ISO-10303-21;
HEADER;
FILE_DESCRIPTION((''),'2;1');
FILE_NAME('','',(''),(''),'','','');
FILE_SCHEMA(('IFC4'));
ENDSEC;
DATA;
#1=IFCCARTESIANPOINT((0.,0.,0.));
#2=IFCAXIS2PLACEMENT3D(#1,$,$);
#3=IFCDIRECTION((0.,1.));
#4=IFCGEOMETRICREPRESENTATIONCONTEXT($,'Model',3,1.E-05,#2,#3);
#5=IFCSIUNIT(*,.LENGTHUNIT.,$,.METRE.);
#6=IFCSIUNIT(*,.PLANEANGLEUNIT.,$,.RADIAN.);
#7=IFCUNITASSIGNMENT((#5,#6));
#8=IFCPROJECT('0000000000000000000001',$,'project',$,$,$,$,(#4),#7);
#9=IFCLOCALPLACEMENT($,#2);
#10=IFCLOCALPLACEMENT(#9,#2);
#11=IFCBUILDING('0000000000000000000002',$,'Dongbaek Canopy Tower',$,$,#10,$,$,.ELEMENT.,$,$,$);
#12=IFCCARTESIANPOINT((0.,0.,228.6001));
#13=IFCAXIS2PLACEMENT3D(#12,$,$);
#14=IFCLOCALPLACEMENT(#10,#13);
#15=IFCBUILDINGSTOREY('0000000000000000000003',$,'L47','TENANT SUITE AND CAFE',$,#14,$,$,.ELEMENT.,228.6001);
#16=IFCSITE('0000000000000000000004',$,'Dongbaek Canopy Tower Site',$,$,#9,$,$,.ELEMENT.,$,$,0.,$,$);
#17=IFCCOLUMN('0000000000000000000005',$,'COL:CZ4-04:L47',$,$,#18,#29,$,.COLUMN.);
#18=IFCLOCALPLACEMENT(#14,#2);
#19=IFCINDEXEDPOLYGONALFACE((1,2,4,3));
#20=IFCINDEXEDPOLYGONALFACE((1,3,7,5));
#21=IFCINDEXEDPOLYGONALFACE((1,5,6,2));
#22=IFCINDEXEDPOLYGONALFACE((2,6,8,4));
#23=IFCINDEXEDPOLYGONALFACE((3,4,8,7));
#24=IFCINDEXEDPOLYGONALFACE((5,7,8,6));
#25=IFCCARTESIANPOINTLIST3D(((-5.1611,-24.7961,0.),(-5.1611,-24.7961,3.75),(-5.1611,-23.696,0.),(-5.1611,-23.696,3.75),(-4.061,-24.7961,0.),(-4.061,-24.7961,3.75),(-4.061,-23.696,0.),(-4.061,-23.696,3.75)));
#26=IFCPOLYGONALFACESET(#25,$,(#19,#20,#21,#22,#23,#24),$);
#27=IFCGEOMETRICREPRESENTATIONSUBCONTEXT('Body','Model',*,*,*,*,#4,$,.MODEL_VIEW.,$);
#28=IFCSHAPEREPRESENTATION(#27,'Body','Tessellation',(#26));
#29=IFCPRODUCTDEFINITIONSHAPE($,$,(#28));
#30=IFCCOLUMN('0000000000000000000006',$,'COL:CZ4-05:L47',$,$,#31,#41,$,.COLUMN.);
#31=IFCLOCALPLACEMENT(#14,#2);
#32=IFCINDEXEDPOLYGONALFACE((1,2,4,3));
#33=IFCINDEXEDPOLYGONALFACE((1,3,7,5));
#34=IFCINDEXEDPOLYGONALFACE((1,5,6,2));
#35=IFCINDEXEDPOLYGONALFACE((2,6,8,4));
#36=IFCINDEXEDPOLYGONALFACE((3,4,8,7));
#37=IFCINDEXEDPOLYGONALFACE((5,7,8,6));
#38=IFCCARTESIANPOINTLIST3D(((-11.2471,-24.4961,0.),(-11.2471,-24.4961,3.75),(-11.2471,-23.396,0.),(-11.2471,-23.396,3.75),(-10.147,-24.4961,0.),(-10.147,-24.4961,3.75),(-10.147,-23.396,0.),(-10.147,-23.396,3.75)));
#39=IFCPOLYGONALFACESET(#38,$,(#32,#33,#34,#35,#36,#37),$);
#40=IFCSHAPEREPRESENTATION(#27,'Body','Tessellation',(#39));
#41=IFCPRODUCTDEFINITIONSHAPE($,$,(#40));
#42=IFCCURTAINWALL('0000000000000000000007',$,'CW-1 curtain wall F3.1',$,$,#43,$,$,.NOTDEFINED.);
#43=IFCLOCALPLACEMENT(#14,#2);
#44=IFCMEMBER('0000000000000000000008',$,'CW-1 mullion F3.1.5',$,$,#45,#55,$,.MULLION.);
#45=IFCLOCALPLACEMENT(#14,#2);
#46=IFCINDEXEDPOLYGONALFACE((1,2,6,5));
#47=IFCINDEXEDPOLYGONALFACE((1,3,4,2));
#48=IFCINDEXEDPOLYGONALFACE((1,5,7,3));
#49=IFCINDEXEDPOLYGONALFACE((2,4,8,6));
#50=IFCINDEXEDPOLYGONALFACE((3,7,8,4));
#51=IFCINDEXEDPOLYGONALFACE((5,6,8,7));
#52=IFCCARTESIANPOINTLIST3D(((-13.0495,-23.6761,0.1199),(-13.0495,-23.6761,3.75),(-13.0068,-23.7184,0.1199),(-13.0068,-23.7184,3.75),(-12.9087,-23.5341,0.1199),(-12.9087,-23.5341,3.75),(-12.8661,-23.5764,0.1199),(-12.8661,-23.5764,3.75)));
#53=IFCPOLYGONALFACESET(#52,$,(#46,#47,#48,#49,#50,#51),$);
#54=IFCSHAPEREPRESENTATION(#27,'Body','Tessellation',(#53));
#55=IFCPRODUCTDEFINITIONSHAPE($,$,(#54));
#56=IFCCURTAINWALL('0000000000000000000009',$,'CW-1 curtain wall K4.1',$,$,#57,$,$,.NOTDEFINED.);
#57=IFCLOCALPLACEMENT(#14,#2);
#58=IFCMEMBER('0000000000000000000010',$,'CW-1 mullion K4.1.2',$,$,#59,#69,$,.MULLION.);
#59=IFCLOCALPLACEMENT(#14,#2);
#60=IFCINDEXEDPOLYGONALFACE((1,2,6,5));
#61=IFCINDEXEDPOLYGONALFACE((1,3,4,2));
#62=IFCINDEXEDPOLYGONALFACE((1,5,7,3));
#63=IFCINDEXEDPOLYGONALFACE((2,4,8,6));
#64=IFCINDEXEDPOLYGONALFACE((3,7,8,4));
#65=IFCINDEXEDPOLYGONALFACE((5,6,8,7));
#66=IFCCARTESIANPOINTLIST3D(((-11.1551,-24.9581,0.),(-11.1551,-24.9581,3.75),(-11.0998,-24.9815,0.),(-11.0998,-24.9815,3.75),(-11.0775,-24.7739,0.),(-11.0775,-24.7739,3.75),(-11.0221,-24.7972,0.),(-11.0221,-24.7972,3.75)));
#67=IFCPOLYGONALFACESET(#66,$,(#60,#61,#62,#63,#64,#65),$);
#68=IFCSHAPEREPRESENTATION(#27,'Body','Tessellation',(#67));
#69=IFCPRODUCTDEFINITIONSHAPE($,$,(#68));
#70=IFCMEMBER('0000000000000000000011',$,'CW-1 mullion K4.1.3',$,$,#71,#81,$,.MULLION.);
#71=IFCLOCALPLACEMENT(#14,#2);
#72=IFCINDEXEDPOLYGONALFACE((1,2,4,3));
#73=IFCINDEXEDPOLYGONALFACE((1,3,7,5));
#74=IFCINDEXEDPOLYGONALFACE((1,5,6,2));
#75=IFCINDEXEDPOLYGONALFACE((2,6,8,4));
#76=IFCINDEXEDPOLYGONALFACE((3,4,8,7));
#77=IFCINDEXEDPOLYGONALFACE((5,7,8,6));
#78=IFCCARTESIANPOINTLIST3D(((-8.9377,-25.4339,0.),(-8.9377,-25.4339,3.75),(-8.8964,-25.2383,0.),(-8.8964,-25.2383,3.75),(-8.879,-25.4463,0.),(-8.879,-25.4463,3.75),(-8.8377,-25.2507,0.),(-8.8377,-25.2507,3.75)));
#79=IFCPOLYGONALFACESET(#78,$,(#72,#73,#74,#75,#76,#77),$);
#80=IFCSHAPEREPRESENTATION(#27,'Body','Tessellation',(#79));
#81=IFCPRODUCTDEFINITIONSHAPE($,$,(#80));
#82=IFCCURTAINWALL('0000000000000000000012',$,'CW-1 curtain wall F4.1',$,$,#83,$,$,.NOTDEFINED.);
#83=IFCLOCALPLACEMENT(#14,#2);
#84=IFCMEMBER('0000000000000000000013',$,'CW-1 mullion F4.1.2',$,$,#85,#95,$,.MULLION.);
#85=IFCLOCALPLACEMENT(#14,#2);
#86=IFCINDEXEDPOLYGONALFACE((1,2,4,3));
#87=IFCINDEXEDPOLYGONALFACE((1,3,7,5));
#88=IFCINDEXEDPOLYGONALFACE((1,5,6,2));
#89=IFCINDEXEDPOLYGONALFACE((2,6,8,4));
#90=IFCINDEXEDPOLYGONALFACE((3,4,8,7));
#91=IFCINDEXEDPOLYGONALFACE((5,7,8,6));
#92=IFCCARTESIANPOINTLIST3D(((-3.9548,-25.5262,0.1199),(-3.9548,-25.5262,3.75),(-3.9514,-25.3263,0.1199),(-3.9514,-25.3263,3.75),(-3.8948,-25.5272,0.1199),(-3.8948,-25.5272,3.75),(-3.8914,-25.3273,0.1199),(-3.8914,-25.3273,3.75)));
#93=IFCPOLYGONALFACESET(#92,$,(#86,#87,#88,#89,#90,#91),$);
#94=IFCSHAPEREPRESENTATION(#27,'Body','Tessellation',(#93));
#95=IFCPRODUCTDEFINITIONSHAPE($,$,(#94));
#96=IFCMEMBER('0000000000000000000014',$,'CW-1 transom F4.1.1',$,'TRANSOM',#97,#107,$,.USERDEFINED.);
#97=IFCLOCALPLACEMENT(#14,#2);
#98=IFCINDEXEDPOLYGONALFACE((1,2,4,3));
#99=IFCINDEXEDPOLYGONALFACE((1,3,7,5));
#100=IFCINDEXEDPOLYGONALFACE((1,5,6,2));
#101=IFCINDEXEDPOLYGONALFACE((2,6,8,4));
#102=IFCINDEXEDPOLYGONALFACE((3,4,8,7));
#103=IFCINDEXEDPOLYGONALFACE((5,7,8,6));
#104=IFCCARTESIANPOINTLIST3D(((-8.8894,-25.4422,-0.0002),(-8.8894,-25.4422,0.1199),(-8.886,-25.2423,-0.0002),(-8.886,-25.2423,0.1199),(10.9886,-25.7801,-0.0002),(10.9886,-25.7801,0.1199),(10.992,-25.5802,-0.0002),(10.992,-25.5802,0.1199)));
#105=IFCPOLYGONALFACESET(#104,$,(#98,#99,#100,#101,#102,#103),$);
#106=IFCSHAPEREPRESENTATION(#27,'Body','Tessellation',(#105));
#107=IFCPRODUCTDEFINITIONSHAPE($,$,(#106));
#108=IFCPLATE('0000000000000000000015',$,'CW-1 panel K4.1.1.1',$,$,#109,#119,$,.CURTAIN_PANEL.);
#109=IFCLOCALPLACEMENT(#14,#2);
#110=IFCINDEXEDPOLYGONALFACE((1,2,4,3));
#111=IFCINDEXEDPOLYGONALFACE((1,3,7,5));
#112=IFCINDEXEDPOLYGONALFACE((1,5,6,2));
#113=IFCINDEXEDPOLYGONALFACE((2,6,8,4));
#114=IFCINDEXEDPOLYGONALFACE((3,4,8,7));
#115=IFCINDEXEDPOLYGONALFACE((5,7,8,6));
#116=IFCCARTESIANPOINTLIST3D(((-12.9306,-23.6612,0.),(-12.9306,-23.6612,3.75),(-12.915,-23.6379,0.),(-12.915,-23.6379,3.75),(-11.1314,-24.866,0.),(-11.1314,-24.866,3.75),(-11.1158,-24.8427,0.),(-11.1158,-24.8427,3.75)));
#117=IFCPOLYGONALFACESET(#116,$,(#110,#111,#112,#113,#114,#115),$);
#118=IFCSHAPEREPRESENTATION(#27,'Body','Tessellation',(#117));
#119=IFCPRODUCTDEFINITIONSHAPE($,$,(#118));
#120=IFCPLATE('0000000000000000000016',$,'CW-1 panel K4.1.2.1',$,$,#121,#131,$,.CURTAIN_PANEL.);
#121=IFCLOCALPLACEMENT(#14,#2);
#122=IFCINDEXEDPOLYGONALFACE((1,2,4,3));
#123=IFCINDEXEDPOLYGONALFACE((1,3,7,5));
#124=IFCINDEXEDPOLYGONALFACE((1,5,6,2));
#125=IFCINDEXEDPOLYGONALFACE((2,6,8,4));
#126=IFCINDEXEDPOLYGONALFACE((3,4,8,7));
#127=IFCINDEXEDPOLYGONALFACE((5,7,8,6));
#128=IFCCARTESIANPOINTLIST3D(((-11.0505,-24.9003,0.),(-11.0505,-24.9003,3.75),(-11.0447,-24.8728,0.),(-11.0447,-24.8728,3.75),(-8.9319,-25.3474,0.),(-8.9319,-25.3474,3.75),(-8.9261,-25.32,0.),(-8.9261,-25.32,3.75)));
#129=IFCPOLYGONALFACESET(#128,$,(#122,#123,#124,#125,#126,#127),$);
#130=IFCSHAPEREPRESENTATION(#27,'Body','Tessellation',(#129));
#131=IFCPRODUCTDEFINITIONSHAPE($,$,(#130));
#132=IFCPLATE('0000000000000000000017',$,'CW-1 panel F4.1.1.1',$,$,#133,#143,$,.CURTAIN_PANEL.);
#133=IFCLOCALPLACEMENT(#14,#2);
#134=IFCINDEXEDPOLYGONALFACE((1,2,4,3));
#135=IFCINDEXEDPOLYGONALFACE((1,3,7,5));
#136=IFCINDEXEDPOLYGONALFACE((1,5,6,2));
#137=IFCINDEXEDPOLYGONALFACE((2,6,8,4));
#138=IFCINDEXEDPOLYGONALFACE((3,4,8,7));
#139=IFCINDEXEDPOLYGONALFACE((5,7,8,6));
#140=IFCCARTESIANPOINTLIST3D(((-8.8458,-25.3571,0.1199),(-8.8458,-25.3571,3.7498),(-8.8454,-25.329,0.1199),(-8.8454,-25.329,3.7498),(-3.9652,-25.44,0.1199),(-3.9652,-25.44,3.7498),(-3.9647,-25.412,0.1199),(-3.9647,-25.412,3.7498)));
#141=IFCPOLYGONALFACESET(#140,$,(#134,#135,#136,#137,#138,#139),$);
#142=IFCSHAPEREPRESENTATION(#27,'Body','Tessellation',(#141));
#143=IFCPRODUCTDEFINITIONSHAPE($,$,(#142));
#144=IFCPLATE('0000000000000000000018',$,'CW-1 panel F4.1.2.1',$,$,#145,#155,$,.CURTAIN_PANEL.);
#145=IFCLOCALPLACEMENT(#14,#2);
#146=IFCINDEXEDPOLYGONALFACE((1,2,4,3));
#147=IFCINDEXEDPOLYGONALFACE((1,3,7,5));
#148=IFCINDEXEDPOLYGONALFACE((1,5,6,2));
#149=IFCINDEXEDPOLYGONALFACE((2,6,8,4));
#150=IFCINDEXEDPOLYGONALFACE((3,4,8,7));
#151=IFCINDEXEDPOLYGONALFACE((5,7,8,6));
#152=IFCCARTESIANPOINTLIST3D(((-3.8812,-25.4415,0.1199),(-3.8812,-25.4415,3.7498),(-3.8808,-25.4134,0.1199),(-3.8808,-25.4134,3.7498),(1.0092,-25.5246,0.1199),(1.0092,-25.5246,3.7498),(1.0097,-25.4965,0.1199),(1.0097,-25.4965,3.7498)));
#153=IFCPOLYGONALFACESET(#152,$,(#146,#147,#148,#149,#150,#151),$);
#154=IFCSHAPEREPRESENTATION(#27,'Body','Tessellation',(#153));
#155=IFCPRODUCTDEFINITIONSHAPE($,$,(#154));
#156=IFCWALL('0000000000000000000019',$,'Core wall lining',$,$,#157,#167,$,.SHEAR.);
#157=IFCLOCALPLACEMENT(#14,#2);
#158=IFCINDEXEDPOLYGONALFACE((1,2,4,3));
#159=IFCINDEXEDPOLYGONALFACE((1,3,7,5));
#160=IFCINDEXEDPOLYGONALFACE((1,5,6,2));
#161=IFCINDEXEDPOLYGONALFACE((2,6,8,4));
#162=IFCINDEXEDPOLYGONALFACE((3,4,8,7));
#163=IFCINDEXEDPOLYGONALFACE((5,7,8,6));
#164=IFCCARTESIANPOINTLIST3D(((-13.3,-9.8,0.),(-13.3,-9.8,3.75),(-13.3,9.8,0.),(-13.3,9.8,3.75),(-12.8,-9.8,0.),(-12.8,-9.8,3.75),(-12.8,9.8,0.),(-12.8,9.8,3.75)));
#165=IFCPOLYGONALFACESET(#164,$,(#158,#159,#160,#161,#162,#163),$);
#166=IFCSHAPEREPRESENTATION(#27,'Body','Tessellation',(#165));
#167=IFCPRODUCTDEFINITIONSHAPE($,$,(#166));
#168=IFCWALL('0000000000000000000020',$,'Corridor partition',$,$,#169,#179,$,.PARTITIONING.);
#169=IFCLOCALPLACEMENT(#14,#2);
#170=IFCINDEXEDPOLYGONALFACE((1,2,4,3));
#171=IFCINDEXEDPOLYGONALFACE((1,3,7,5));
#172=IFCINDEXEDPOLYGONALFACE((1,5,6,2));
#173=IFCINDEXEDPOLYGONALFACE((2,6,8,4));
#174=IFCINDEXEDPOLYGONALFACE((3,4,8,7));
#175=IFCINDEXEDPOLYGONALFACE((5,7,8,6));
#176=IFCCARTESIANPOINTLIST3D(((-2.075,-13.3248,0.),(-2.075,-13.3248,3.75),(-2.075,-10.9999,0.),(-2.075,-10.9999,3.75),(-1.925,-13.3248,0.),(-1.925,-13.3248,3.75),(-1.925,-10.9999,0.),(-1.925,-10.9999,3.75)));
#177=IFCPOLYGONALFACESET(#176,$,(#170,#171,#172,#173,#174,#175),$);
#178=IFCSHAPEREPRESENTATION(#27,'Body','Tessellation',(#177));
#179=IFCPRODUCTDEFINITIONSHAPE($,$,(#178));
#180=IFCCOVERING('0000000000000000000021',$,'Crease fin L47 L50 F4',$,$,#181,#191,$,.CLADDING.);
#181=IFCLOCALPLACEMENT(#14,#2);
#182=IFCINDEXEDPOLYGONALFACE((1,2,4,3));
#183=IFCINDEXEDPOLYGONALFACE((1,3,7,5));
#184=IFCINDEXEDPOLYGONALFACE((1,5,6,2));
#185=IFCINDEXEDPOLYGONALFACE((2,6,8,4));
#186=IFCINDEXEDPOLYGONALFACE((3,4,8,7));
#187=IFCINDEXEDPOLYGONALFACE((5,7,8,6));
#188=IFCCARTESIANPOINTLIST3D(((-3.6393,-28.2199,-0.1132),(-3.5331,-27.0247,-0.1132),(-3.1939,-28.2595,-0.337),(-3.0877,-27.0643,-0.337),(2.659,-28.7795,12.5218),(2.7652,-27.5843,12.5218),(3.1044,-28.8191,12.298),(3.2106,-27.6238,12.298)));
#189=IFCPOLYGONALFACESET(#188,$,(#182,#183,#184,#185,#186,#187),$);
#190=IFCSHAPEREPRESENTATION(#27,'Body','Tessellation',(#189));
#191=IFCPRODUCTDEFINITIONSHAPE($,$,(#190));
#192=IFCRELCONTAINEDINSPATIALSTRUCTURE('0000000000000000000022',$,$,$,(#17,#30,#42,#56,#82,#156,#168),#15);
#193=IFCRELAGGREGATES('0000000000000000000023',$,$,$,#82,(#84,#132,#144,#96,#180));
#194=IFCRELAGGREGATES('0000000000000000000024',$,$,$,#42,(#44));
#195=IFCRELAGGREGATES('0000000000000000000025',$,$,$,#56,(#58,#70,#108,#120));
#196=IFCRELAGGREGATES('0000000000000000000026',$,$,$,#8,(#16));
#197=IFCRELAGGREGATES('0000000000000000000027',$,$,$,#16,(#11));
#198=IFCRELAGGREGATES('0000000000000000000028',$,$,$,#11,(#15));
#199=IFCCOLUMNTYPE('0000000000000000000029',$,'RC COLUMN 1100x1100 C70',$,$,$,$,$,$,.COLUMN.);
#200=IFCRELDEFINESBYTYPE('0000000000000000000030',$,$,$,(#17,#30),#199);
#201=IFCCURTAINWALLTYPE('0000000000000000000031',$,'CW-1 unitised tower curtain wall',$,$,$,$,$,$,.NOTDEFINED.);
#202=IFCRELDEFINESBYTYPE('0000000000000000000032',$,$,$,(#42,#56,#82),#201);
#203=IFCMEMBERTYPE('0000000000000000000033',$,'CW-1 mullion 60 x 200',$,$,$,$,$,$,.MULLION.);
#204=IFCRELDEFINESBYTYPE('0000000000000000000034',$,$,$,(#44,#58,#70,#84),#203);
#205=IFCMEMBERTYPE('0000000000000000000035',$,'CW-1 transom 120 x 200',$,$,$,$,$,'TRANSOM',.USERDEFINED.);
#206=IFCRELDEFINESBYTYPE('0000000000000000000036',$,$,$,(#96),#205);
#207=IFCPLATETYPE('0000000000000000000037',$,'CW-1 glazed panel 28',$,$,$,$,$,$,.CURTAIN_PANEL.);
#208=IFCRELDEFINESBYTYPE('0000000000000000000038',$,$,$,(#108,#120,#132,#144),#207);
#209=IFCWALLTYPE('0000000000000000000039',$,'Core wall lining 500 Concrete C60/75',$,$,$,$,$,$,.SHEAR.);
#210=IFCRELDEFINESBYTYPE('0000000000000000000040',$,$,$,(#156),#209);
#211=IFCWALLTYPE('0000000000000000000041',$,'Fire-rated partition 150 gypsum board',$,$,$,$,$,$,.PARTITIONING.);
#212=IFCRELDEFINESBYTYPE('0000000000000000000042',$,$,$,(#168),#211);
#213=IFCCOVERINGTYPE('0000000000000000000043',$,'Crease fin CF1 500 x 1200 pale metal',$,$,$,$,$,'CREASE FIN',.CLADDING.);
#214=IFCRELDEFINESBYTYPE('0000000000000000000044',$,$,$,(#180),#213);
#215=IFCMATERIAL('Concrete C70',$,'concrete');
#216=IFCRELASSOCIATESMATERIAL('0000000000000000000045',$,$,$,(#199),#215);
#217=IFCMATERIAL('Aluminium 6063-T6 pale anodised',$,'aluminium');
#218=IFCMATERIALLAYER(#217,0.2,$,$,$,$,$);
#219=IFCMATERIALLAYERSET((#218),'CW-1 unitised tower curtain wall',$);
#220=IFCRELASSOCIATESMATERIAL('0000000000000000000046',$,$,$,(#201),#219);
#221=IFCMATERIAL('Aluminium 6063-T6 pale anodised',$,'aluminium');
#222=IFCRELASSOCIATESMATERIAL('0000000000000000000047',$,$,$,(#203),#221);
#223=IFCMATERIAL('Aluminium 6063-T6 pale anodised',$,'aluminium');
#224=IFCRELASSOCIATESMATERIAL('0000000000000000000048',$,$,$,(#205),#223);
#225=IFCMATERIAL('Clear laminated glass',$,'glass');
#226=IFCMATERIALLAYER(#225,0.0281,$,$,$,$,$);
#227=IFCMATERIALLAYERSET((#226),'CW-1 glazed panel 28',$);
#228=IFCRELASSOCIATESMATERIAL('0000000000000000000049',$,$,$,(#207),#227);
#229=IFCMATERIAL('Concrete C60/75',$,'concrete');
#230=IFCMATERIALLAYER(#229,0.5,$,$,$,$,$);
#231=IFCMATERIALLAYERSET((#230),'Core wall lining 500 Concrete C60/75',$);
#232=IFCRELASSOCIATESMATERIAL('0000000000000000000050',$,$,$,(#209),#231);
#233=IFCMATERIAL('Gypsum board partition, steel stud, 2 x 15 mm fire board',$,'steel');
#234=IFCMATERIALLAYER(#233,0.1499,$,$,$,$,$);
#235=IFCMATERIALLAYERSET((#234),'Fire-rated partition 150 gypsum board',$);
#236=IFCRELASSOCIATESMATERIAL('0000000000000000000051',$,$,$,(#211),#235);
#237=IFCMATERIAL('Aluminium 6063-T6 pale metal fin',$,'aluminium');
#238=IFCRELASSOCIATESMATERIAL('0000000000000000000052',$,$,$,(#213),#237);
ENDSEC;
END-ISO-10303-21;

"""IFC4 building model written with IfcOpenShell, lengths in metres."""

from ifc_helpers import new_model, si_unit, direction, frame, frame_2d, origin, origin_2d, place, context, subcontext, project, spatial, rectangle, extrude, material, layer, layer_set, material_profile, profile_set, type_object, element, aggregate, save


model = new_model("IFC4")

# Units and contexts
model_context = context("Model", 3, precision=1e-05, world=origin(), true_north=direction((0.0, 1.0)))
body_context = subcontext(model_context, "Body", "Model", "MODEL_VIEW")
ifc_project = project(units=[si_unit("LENGTHUNIT", "METRE"), si_unit("PLANEANGLEUNIT", "RADIAN")], contexts=[model_context])

# Site, building, storey
site_placement = place(None, origin())
site = spatial("IfcSite", under=ifc_project, at=site_placement, Name="Dongbaek Canopy Tower Site", CompositionType="ELEMENT", RefElevation=0.0)
building_placement = place(site_placement, origin())
building = spatial("IfcBuilding", under=site, at=building_placement, Name="Dongbaek Canopy Tower", CompositionType="ELEMENT")
storey_placement = place(building_placement, frame((0.0, 0.0, 228.6001)))
storey = spatial("IfcBuildingStorey", under=building, at=storey_placement, Name="L47", Description="TENANT SUITE AND CAFE", CompositionType="ELEMENT", Elevation=228.6001)

# Columns
ifc_material_1 = material(Name="Concrete C70", Category="concrete")
ifc_material_profile_1 = material_profile(ifc_material_1, rectangle(XDim=1.1001, YDim=1.1001, at=origin_2d()), Name="RC COLUMN 1100x1100 C70")
ifc_profile_set_1 = profile_set([ifc_material_profile_1], Name="Concrete C70")
column_type = type_object("IfcColumnType", Name="RC COLUMN 1100x1100 C70", PredefinedType="COLUMN", material=ifc_profile_set_1)
for number, where, z_axis, x_axis, name in (
    (1, (-4.6111, -24.2461, 0.0), (0.0, 0.0, 1.0), (1.0, 0.0, 0.0), "COL:CZ4-04:L47"),
    (2, (-10.697, -23.946, 0.0), (0.0, 0.0, 1.0), (1.0, 0.0, 0.0), "COL:CZ4-05:L47"),
):
    element("IfcColumn", number, at=place(storey_placement, frame(where, z_axis=z_axis, x_axis=x_axis)), inside=storey, type_object=column_type, Name=name, PredefinedType="COLUMN", context=body_context, shape_type="SweptSolid", body=[
        extrude(rectangle(XDim=1.1001, YDim=1.1001, at=origin_2d()), origin(), (0.0, 0.0, 1.0), 3.75),
    ])

# Curtain wall, member
ifc_material_2 = material(Name="Aluminium 6063-T6 pale anodised", Category="aluminium")
ifc_layer_1 = layer(ifc_material_2, 0.2)
ifc_layer_set_1 = layer_set([ifc_layer_1], Name="CW-1 unitised tower curtain wall")
curtain_wall_type = type_object("IfcCurtainWallType", Name="CW-1 unitised tower curtain wall", PredefinedType="NOTDEFINED", material=ifc_layer_set_1)
curtain_wall_1_placement = place(storey_placement, origin())
curtain_wall_1 = element("IfcCurtainWall", 3, at=curtain_wall_1_placement, inside=storey, type_object=curtain_wall_type, Name="CW-1 curtain wall F3.1", PredefinedType="NOTDEFINED")
ifc_material_3 = material(Name="Aluminium 6063-T6 pale anodised", Category="aluminium")
ifc_material_profile_2 = material_profile(ifc_material_3, rectangle(XDim=0.2, YDim=0.0601, at=origin_2d()), Name="CW-1 mullion 60 x 200")
ifc_profile_set_2 = profile_set([ifc_material_profile_2], Name="Aluminium 6063-T6 pale anodised")
member_type_1 = type_object("IfcMemberType", Name="CW-1 mullion 60 x 200", PredefinedType="MULLION", material=ifc_profile_set_2)
member_1_placement = place(storey_placement, frame((-12.9578, -23.6262, 0.1199), z_axis=(0.0, 0.0, 1.0), x_axis=(-0.704038, -0.710162, 0.0)))
member_1 = element("IfcMember", 4, at=member_1_placement, type_object=member_type_1, Name="CW-1 mullion F3.1.5", PredefinedType="MULLION", context=body_context, shape_type="SweptSolid", body=[
    extrude(rectangle(XDim=0.2, YDim=0.0601, at=origin_2d()), origin(), (0.0, 0.0, 1.0), 3.6301),
])

# Curtain walls, members
curtain_wall_2_placement = place(storey_placement, origin())
curtain_wall_2 = element("IfcCurtainWall", 5, at=curtain_wall_2_placement, inside=storey, type_object=curtain_wall_type, Name="CW-1 curtain wall K4.1", PredefinedType="NOTDEFINED")
member_2_placement = place(storey_placement, frame((-11.0886, -24.8777, 0.0), z_axis=(0.0, 0.0, 1.0), x_axis=(-0.388525, -0.921438, 0.0)))
member_2 = element("IfcMember", 6, at=member_2_placement, type_object=member_type_1, Name="CW-1 mullion K4.1.2", PredefinedType="MULLION", context=body_context, shape_type="SweptSolid", body=[
    extrude(rectangle(XDim=0.2, YDim=0.0601, at=origin_2d()), origin(), (0.0, 0.0, 1.0), 3.75),
])
member_3_placement = place(storey_placement, frame((-8.8877, -25.3423, 0.0), z_axis=(0.0, 0.0, 1.0), x_axis=(-0.206516, -0.978443, 0.0)))
member_3 = element("IfcMember", 7, at=member_3_placement, type_object=member_type_1, Name="CW-1 mullion K4.1.3", PredefinedType="MULLION", context=body_context, shape_type="SweptSolid", body=[
    extrude(rectangle(XDim=0.2, YDim=0.0601, at=origin_2d()), origin(), (0.0, 0.0, 1.0), 3.75),
])
curtain_wall_3_placement = place(storey_placement, origin())
curtain_wall_3 = element("IfcCurtainWall", 8, at=curtain_wall_3_placement, inside=storey, type_object=curtain_wall_type, Name="CW-1 curtain wall F4.1", PredefinedType="NOTDEFINED")
member_4_placement = place(storey_placement, frame((-3.9231, -25.4268, 0.1199), z_axis=(0.0, 0.0, 1.0), x_axis=(-0.016993, -0.999856, 0.0)))
member_4 = element("IfcMember", 9, at=member_4_placement, type_object=member_type_1, Name="CW-1 mullion F4.1.2", PredefinedType="MULLION", context=body_context, shape_type="SweptSolid", body=[
    extrude(rectangle(XDim=0.2, YDim=0.0601, at=origin_2d()), origin(), (0.0, 0.0, 1.0), 3.6301),
])
ifc_material_4 = material(Name="Aluminium 6063-T6 pale anodised", Category="aluminium")
ifc_material_profile_3 = material_profile(ifc_material_4, rectangle(XDim=0.2, YDim=0.1201, at=origin_2d()), Name="CW-1 transom 120 x 200")
ifc_profile_set_3 = profile_set([ifc_material_profile_3], Name="Aluminium 6063-T6 pale anodised")
member_type_2 = type_object("IfcMemberType", Name="CW-1 transom 120 x 200", ElementType="TRANSOM", PredefinedType="USERDEFINED", material=ifc_profile_set_3)
member_5_placement = place(storey_placement, frame((-8.8877, -25.3423, 0.0598), z_axis=(0.999856, -0.016996, 0.0), x_axis=(0.016996, 0.999856, 0.0)))
member_5 = element("IfcMember", 10, at=member_5_placement, type_object=member_type_2, Name="CW-1 transom F4.1.1", ObjectType="TRANSOM", PredefinedType="USERDEFINED", context=body_context, shape_type="SweptSolid", body=[
    extrude(rectangle(XDim=0.2, YDim=0.1201, at=origin_2d()), origin(), (0.0, 0.0, 1.0), 19.8809),
])

# Plates
ifc_material_5 = material(Name="Clear laminated glass", Category="glass")
ifc_layer_2 = layer(ifc_material_5, 0.0281)
ifc_layer_set_2 = layer_set([ifc_layer_2], Name="CW-1 glazed panel 28")
plate_type = type_object("IfcPlateType", Name="CW-1 glazed panel 28", PredefinedType="CURTAIN_PANEL", material=ifc_layer_set_2)
plate_1_placement = place(storey_placement, frame((-12.0232, -24.252, 0.0), z_axis=(0.0, 0.0, 1.0), x_axis=(0.830913, -0.556402, 0.0)))
plate_1 = element("IfcPlate", 11, at=plate_1_placement, type_object=plate_type, Name="CW-1 panel K4.1.1.1", PredefinedType="CURTAIN_PANEL", context=body_context, shape_type="SweptSolid", body=[
    extrude(rectangle(XDim=2.1653, YDim=0.0281, at=origin_2d()), origin(), (0.0, 0.0, 1.0), 3.75),
])
plate_2_placement = place(storey_placement, frame((-9.9883, -25.1101, 0.0), z_axis=(0.0, 0.0, 1.0), x_axis=(0.978443, -0.206516, 0.0)))
plate_2 = element("IfcPlate", 12, at=plate_2_placement, type_object=plate_type, Name="CW-1 panel K4.1.2.1", PredefinedType="CURTAIN_PANEL", context=body_context, shape_type="SweptSolid", body=[
    extrude(rectangle(XDim=2.1653, YDim=0.0281, at=origin_2d()), origin(), (0.0, 0.0, 1.0), 3.75),
])
plate_3_placement = place(storey_placement, frame((-6.4053, -25.3845, 0.1199), z_axis=(0.0, 0.0, 1.0), x_axis=(0.999856, -0.016993, 0.0)))
plate_3 = element("IfcPlate", 13, at=plate_3_placement, type_object=plate_type, Name="CW-1 panel F4.1.1.1", PredefinedType="CURTAIN_PANEL", context=body_context, shape_type="SweptSolid", body=[
    extrude(rectangle(XDim=4.8813, YDim=0.0281, at=origin_2d()), origin(), (0.0, 0.0, 1.0), 3.6299),
])
plate_4_placement = place(storey_placement, frame((-1.4358, -25.469, 0.1199), z_axis=(0.0, 0.0, 1.0), x_axis=(0.999856, -0.016993, 0.0)))
plate_4 = element("IfcPlate", 14, at=plate_4_placement, type_object=plate_type, Name="CW-1 panel F4.1.2.1", PredefinedType="CURTAIN_PANEL", context=body_context, shape_type="SweptSolid", body=[
    extrude(rectangle(XDim=4.8911, YDim=0.0281, at=origin_2d()), origin(), (0.0, 0.0, 1.0), 3.6299),
])

# Walls
ifc_material_6 = material(Name="Concrete C60/75", Category="concrete")
ifc_layer_3 = layer(ifc_material_6, 0.5)
ifc_layer_set_3 = layer_set([ifc_layer_3], Name="Core wall lining 500 Concrete C60/75")
wall_type_1 = type_object("IfcWallType", Name="Core wall lining 500 Concrete C60/75", PredefinedType="SHEAR", material=ifc_layer_set_3)
wall_1_placement = place(storey_placement, frame((-13.05, -9.8, 0.0), z_axis=(0.0, 0.0, 1.0), x_axis=(0.0, 1.0, 0.0)))
element("IfcWall", 15, at=wall_1_placement, inside=storey, type_object=wall_type_1, Name="Core wall lining", PredefinedType="SHEAR", context=body_context, shape_type="SweptSolid", body=[
    extrude(rectangle(XDim=19.6001, YDim=0.5, at=frame_2d((9.8, 0.0))), origin(), (0.0, 0.0, 1.0), 3.75),
])
ifc_material_7 = material(Name="Gypsum board partition, steel stud, 2 x 15 mm fire board", Category="steel")
ifc_layer_4 = layer(ifc_material_7, 0.1499)
ifc_layer_set_4 = layer_set([ifc_layer_4], Name="Fire-rated partition 150 gypsum board")
wall_type_2 = type_object("IfcWallType", Name="Fire-rated partition 150 gypsum board", PredefinedType="PARTITIONING", material=ifc_layer_set_4)
wall_2_placement = place(storey_placement, frame((-2.0, -13.325, 0.0), z_axis=(0.0, 0.0, 1.0), x_axis=(0.0, 1.0, 0.0)))
element("IfcWall", 16, at=wall_2_placement, inside=storey, type_object=wall_type_2, Name="Corridor partition", PredefinedType="PARTITIONING", context=body_context, shape_type="SweptSolid", body=[
    extrude(rectangle(XDim=2.325, YDim=0.1499, at=frame_2d((1.1626, 0.0))), origin(), (0.0, 0.0, 1.0), 3.75),
])

# Covering
ifc_material_8 = material(Name="Aluminium 6063-T6 pale metal fin", Category="aluminium")
ifc_material_profile_4 = material_profile(ifc_material_8, rectangle(XDim=1.2, YDim=0.5, at=origin_2d()), Name="Crease fin CF1 500 x 1200 pale metal")
ifc_profile_set_4 = profile_set([ifc_material_profile_4], Name="Aluminium 6063-T6 pale metal fin")
covering_type_1 = type_object("IfcCoveringType", Name="Crease fin CF1 500 x 1200 pale metal", ElementType="CREASE FIN", PredefinedType="CLADDING", material=ifc_profile_set_4)
covering_1_placement = place(storey_placement, frame((-3.3635, -27.6421, -0.2251), z_axis=(0.445777, -0.039605, 0.894267), x_axis=(0.088496, 0.996077, 0.0)))
covering_1 = element("IfcCovering", 17, at=covering_1_placement, type_object=covering_type_1, Name="Crease fin L47 L50 F4", PredefinedType="CLADDING", context=body_context, shape_type="SweptSolid", body=[
    extrude(rectangle(XDim=1.2, YDim=0.5, at=origin_2d()), origin(), (0.0, 0.0, 1.0), 14.1289),
])
aggregate(curtain_wall_3, [member_4, plate_3, plate_4, member_5, covering_1])
aggregate(curtain_wall_1, [member_1])
aggregate(curtain_wall_2, [member_2, member_3, plate_1, plate_2])

save(model, "model.ifc")
